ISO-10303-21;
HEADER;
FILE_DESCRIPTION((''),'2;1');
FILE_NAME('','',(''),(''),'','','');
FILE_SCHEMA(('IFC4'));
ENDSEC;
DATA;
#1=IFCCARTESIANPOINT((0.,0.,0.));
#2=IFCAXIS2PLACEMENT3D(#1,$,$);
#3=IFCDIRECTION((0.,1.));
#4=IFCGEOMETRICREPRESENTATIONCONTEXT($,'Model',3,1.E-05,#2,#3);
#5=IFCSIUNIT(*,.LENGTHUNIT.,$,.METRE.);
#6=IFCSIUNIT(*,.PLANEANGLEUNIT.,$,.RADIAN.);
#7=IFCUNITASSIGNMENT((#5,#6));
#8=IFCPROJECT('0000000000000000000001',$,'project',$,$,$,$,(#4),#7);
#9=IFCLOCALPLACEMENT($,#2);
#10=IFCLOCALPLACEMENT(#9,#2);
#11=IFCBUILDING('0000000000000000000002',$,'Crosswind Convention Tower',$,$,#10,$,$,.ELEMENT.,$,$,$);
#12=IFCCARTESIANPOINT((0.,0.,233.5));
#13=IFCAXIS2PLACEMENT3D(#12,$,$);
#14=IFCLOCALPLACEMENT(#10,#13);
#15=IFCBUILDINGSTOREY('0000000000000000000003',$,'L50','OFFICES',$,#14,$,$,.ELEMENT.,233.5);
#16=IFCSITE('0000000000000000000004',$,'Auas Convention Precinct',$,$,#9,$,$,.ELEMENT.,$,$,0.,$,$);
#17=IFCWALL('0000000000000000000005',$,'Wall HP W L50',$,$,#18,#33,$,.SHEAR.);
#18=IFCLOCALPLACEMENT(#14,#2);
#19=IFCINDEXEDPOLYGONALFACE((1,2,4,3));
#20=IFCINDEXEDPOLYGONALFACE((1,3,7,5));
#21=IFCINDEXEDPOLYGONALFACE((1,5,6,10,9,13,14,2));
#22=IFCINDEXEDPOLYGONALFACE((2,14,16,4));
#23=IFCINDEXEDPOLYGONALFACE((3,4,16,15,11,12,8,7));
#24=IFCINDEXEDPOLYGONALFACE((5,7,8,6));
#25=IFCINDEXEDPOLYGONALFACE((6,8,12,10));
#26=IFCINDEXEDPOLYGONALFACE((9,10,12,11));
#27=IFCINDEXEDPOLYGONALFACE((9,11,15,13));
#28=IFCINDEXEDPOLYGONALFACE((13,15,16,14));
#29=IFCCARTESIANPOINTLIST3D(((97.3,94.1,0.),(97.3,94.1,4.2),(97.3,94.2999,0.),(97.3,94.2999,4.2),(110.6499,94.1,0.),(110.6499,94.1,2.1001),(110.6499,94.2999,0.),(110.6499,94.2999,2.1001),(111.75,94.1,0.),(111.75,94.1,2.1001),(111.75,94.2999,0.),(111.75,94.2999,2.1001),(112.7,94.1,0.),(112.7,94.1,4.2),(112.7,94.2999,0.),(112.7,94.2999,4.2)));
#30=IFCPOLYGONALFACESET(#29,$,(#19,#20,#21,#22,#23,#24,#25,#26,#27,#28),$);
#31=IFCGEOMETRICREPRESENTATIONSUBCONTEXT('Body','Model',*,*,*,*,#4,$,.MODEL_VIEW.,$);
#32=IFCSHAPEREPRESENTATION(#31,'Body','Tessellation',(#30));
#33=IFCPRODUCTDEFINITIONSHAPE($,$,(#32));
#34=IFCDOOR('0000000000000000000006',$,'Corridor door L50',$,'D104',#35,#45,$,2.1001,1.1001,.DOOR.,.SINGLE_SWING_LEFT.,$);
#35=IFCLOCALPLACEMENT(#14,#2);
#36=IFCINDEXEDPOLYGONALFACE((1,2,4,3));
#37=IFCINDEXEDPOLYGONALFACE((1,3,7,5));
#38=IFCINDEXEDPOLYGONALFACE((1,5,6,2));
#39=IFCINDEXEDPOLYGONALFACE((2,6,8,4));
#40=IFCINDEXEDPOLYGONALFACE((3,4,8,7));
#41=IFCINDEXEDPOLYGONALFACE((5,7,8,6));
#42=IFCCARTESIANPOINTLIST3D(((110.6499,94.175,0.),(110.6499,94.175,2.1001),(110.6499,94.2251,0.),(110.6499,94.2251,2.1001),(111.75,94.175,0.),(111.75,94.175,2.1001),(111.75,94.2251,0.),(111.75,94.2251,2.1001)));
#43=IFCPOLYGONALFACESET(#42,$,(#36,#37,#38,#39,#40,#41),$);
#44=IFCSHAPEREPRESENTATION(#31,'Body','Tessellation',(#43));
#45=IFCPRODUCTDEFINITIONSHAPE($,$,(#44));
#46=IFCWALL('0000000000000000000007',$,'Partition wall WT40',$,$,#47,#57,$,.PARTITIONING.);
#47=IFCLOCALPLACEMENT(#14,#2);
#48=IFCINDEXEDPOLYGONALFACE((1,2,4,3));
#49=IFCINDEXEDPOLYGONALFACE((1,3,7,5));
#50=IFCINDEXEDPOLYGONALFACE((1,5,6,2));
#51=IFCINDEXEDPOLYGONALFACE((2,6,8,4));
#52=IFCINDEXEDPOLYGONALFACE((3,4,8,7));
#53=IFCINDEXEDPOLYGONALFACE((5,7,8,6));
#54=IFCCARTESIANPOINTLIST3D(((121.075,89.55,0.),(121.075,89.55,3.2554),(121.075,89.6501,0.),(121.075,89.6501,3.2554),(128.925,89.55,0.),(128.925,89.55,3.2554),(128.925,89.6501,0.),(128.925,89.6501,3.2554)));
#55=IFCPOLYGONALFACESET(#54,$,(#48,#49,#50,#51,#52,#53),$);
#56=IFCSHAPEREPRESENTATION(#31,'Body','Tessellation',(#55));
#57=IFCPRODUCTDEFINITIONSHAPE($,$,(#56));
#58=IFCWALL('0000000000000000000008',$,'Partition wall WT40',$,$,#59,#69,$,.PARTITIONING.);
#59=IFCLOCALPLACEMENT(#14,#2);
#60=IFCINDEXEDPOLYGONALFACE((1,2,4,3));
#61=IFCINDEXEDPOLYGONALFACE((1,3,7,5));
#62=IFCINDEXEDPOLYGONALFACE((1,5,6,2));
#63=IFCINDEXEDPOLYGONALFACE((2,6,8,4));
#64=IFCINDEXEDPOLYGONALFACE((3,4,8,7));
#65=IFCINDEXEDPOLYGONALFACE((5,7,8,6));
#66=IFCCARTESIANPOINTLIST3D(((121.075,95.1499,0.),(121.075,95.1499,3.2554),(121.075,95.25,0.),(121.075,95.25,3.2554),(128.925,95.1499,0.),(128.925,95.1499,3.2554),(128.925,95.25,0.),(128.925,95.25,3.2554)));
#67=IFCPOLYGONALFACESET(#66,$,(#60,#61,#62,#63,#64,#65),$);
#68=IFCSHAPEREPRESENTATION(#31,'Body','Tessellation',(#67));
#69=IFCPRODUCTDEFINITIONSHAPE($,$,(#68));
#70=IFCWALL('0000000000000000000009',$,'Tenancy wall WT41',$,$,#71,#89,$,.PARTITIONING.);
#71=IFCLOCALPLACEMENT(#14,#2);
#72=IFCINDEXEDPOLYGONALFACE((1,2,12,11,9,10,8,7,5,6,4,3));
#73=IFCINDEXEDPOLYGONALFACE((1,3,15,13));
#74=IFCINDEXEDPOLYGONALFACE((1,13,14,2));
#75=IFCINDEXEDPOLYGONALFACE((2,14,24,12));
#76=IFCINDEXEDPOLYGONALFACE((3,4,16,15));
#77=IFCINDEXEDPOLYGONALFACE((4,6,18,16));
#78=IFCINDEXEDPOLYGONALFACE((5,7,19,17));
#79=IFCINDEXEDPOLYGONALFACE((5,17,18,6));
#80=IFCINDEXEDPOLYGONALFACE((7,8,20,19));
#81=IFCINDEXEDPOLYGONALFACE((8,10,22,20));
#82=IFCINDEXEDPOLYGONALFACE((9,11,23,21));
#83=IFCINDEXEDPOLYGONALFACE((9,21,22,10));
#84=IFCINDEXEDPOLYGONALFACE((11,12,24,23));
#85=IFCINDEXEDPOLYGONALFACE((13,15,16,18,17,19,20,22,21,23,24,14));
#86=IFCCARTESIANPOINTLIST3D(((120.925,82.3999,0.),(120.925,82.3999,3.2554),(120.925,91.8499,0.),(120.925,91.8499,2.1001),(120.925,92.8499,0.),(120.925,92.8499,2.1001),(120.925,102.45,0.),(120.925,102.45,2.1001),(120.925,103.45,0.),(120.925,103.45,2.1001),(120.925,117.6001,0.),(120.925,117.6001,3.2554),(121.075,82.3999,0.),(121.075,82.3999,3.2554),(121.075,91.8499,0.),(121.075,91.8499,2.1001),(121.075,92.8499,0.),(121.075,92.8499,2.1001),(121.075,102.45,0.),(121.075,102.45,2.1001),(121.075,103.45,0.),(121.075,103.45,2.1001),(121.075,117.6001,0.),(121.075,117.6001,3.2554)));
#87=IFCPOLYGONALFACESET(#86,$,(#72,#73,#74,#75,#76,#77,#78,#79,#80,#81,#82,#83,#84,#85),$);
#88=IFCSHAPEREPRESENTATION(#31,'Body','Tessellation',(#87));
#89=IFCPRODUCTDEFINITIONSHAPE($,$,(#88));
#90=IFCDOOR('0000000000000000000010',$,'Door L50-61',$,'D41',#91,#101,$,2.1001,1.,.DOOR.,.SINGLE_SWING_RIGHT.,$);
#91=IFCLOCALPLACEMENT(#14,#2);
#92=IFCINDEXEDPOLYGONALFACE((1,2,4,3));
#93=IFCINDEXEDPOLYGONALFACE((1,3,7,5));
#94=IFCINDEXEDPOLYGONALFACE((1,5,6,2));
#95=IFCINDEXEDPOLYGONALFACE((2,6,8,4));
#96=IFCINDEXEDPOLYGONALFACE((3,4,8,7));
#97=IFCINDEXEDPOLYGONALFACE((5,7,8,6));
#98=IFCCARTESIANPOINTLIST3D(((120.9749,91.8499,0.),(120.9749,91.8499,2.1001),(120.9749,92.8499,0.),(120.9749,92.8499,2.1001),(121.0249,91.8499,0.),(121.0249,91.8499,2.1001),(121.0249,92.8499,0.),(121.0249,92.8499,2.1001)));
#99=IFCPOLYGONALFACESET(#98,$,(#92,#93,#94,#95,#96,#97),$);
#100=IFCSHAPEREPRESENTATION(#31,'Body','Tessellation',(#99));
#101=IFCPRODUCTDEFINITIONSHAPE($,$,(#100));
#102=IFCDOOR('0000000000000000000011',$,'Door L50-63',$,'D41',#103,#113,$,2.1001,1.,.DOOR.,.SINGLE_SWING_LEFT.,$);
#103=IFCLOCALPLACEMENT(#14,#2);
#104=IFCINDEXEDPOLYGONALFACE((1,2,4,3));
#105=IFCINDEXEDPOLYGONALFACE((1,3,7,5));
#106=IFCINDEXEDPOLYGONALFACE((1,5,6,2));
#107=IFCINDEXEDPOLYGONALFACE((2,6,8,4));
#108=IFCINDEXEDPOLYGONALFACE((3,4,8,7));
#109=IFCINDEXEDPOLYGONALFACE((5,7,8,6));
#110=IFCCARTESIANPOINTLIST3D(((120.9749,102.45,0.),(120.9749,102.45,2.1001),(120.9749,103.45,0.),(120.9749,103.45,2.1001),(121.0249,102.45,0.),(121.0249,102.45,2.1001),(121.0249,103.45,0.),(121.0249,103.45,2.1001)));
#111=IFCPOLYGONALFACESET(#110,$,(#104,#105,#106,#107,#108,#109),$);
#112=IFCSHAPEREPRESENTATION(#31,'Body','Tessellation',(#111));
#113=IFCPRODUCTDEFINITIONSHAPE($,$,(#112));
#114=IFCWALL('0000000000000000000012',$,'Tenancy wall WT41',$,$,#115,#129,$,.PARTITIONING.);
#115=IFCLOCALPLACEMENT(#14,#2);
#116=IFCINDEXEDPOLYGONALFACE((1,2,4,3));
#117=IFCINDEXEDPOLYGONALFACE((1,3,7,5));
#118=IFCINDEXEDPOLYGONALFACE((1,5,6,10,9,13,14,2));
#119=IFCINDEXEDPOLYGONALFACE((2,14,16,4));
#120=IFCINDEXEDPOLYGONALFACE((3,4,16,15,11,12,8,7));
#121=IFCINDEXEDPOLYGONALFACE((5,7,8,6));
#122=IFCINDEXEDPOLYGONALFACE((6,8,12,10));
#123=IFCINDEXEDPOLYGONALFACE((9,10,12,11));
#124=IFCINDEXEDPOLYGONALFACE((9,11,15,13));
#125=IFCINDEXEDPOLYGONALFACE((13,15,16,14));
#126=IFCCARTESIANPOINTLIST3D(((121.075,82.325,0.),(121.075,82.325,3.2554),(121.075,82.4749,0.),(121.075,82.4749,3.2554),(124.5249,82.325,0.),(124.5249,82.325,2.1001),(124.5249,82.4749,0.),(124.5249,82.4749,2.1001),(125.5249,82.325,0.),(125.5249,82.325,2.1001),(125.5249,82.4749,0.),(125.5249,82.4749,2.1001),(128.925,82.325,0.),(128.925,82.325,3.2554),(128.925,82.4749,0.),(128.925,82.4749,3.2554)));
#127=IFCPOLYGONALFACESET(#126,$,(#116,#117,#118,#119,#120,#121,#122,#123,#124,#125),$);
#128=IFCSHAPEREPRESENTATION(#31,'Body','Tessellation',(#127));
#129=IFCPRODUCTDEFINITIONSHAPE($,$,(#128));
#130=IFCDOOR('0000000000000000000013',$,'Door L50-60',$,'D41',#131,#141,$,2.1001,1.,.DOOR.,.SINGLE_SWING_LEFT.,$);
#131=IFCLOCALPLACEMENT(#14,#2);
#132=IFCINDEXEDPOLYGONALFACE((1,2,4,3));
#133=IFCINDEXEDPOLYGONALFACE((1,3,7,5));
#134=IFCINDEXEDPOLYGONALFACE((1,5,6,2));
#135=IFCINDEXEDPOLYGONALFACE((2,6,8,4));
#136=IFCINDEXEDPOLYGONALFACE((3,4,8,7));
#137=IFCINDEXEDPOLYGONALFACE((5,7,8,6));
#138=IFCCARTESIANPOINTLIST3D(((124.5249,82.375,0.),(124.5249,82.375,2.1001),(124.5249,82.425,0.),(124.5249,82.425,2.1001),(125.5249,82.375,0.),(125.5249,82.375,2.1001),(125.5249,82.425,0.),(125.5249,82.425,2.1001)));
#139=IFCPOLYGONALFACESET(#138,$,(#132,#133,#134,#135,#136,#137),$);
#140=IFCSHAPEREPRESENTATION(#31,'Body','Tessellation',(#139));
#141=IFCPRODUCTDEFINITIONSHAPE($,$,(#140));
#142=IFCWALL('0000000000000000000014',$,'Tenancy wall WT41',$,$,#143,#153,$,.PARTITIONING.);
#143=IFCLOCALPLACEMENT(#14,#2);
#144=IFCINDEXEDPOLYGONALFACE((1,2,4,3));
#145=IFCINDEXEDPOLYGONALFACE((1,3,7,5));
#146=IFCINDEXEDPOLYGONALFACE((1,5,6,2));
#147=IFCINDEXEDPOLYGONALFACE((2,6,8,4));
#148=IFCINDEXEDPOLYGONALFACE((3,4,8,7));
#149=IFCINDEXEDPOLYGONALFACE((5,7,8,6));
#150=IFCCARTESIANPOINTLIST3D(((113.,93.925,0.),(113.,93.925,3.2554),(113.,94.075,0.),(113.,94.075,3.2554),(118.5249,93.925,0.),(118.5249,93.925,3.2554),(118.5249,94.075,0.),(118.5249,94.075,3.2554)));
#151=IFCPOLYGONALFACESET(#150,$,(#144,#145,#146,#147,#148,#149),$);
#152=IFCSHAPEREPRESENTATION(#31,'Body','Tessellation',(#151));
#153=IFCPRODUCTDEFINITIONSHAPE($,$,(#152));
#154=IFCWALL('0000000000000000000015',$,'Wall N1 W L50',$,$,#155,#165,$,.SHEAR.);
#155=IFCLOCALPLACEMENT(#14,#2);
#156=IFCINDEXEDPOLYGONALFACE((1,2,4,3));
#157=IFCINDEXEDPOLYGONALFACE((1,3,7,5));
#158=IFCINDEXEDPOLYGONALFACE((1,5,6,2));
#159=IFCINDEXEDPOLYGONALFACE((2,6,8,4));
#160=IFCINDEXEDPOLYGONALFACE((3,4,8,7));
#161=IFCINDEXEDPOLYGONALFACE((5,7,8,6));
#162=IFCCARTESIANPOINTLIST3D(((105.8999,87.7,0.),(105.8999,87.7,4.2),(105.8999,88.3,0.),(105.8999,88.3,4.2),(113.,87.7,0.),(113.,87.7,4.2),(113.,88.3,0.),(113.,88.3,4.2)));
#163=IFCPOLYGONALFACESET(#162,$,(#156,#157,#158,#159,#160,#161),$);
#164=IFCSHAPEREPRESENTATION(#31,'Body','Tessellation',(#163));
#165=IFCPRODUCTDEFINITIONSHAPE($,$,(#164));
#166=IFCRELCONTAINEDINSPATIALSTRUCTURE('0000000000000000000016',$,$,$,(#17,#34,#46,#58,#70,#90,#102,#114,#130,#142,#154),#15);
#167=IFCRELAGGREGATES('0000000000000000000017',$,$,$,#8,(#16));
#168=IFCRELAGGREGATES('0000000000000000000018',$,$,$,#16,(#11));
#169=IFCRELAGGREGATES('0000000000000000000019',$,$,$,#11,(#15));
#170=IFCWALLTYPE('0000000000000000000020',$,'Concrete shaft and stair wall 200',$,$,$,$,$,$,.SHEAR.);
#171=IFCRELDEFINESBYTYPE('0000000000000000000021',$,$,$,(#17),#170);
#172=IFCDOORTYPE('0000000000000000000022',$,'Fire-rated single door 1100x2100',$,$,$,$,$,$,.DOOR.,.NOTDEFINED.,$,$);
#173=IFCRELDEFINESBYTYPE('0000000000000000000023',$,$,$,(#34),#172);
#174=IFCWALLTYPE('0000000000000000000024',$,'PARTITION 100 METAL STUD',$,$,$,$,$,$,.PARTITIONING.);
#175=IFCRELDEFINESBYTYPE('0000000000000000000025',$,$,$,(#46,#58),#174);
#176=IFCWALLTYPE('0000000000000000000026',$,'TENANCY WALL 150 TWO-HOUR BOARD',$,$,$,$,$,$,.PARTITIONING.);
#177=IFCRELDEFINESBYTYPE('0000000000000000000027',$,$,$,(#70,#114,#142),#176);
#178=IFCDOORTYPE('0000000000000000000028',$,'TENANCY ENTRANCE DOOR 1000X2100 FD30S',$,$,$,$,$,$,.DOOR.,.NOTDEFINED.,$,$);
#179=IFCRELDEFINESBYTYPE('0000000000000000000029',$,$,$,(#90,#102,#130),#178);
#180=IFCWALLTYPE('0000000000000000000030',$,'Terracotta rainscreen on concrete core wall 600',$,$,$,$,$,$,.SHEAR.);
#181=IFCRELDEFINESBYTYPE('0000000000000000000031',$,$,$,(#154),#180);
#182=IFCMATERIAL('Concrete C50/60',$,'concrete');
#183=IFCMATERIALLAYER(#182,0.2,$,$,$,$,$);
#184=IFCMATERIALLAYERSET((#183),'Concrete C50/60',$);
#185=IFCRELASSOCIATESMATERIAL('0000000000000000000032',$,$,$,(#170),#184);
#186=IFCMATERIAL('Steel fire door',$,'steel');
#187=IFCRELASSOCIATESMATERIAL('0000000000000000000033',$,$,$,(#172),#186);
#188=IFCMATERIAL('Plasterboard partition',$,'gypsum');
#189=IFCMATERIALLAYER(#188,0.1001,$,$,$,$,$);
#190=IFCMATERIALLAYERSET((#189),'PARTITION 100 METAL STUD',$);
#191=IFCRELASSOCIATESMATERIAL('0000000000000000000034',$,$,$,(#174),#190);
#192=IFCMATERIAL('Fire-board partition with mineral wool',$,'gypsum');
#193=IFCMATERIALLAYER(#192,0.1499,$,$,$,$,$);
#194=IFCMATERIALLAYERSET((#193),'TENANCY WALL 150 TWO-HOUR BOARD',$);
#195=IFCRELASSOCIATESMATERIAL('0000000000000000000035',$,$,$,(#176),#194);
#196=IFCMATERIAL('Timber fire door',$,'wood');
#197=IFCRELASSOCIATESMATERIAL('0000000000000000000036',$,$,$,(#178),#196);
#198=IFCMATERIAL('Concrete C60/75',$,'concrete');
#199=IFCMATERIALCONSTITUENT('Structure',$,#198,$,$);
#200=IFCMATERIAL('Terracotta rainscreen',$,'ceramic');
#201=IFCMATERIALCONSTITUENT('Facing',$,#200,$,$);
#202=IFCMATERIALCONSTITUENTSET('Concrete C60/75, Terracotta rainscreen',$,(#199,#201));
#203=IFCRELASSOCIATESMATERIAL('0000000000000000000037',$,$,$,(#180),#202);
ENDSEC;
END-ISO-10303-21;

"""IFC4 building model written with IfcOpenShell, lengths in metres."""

from ifc_helpers import new_model, si_unit, direction, frame, frame_2d, origin, place, context, subcontext, project, spatial, rectangle, extrude, material, layer, layer_set, constituent, constituent_set, type_object, element, fill, save


model = new_model("IFC4")

# Units and contexts
model_context = context("Model", 3, precision=1e-05, world=origin(), true_north=direction((0.0, 1.0)))
body_context = subcontext(model_context, "Body", "Model", "MODEL_VIEW")
ifc_project = project(units=[si_unit("LENGTHUNIT", "METRE"), si_unit("PLANEANGLEUNIT", "RADIAN")], contexts=[model_context])

# Site, building, storey
site_placement = place(None, origin())
site = spatial("IfcSite", under=ifc_project, at=site_placement, Name="Auas Convention Precinct", CompositionType="ELEMENT", RefElevation=0.0)
building_placement = place(site_placement, origin())
building = spatial("IfcBuilding", under=site, at=building_placement, Name="Crosswind Convention Tower", CompositionType="ELEMENT")
storey_placement = place(building_placement, frame((0.0, 0.0, 233.5)))
storey = spatial("IfcBuildingStorey", under=building, at=storey_placement, Name="L50", Description="OFFICES", CompositionType="ELEMENT", Elevation=233.5)

# Shared definitions
ifc_material_1 = material(Name="Concrete C60/75", Category="concrete")

# Shared definitions
ifc_material_2 = material(Name="Concrete C50/60", Category="concrete")

# Wall, opening, door
ifc_layer_1 = layer(ifc_material_2, 0.2)
ifc_layer_set_1 = layer_set([ifc_layer_1], Name="Concrete C50/60")
wall_type_1 = type_object("IfcWallType", Name="Concrete shaft and stair wall 200", PredefinedType="SHEAR", material=ifc_layer_set_1)
wall_1_placement = place(storey_placement, frame((112.7, 94.2, 0.0), z_axis=(0.0, 0.0, 1.0), x_axis=(-1.0, 0.0, 0.0)))
wall_1 = element("IfcWall", 1, at=wall_1_placement, inside=storey, type_object=wall_type_1, Name="Wall HP W L50", PredefinedType="SHEAR", context=body_context, shape_type="SweptSolid", body=[
    extrude(rectangle(XDim=15.3999, YDim=0.2, at=frame_2d((7.7, 0.0))), origin(), (0.0, 0.0, 1.0), 4.2),
])
opening_1_placement = place(wall_1_placement, frame((0.95, 0.0, 0.0)))
opening_1 = element("IfcOpeningElement", 2, at=opening_1_placement, cuts=wall_1, PredefinedType="OPENING", context=body_context, shape_type="SweptSolid", body=[
    extrude(rectangle(XDim=1.1001, YDim=2.1001, at=frame_2d((0.55, 1.05))), frame((0.0, 0.1099, 0.0), z_axis=(0.0, -1.0, 0.0), x_axis=(1.0, 0.0, 0.0)), (0.0, 0.0, 1.0), 0.22),
])
ifc_material_3 = material(Name="Steel fire door", Category="steel")
door_type_1 = type_object("IfcDoorType", Name="Fire-rated single door 1100x2100", OperationType="NOTDEFINED", PredefinedType="DOOR", material=ifc_material_3)
door_1_placement = place(opening_1_placement, origin())
door_1 = element("IfcDoor", 3, at=door_1_placement, inside=storey, type_object=door_type_1, Name="Corridor door L50", ObjectType="D104", OperationType="SINGLE_SWING_LEFT", OverallHeight=2.1001, OverallWidth=1.1001, PredefinedType="DOOR", context=body_context, shape_type="SweptSolid", body=[
    extrude(rectangle(XDim=1.1001, YDim=2.1001, at=frame_2d((0.55, 1.05))), frame((0.0, 0.0249, 0.0), z_axis=(0.0, -1.0, 0.0), x_axis=(1.0, 0.0, 0.0)), (0.0, 0.0, 1.0), 0.05),
])
fill(opening_1, door_1)

# Walls
ifc_material_4 = material(Name="Plasterboard partition", Category="gypsum")
ifc_layer_2 = layer(ifc_material_4, 0.1001)
ifc_layer_set_2 = layer_set([ifc_layer_2], Name="PARTITION 100 METAL STUD")
wall_type_2 = type_object("IfcWallType", Name="PARTITION 100 METAL STUD", PredefinedType="PARTITIONING", material=ifc_layer_set_2)
for number, where, z_axis, x_axis, name in (
    (4, (121.075, 89.6001, 0.0), (0.0, 0.0, 1.0), (1.0, 0.0, 0.0), "Partition wall WT40"),
    (5, (121.075, 95.2, 0.0), (0.0, 0.0, 1.0), (1.0, 0.0, 0.0), "Partition wall WT40"),
):
    element("IfcWall", number, at=place(storey_placement, frame(where, z_axis=z_axis, x_axis=x_axis)), inside=storey, type_object=wall_type_2, Name=name, PredefinedType="PARTITIONING", context=body_context, shape_type="SweptSolid", body=[
        extrude(rectangle(XDim=7.8501, YDim=0.1001, at=frame_2d((3.925, 0.0))), origin(), (0.0, 0.0, 1.0), 3.2554),
    ])

# Wall, openings, doors
ifc_material_5 = material(Name="Fire-board partition with mineral wool", Category="gypsum")
ifc_layer_3 = layer(ifc_material_5, 0.1499)
ifc_layer_set_3 = layer_set([ifc_layer_3], Name="TENANCY WALL 150 TWO-HOUR BOARD")
wall_type_3 = type_object("IfcWallType", Name="TENANCY WALL 150 TWO-HOUR BOARD", PredefinedType="PARTITIONING", material=ifc_layer_set_3)
wall_2_placement = place(storey_placement, frame((121.0, 82.3999, 0.0), z_axis=(0.0, 0.0, 1.0), x_axis=(0.0, 1.0, 0.0)))
wall_2 = element("IfcWall", 6, at=wall_2_placement, inside=storey, type_object=wall_type_3, Name="Tenancy wall WT41", PredefinedType="PARTITIONING", context=body_context, shape_type="SweptSolid", body=[
    extrude(rectangle(XDim=35.2002, YDim=0.1499, at=frame_2d((17.6001, 0.0))), origin(), (0.0, 0.0, 1.0), 3.2554),
])
opening_2_placement = place(wall_2_placement, frame((9.45, 0.0, 0.0)))
opening_2 = element("IfcOpeningElement", 7, at=opening_2_placement, cuts=wall_2, PredefinedType="OPENING", context=body_context, shape_type="SweptSolid", body=[
    extrude(rectangle(XDim=1.0, YDim=2.1001, at=frame_2d((0.5, 1.05))), frame((0.0, 0.085, 0.0), z_axis=(0.0, -1.0, 0.0), x_axis=(1.0, 0.0, 0.0)), (0.0, 0.0, 1.0), 0.1699),
])
opening_3_placement = place(wall_2_placement, frame((20.05, 0.0, 0.0)))
opening_3 = element("IfcOpeningElement", 8, at=opening_3_placement, cuts=wall_2, PredefinedType="OPENING", context=body_context, shape_type="SweptSolid", body=[
    extrude(rectangle(XDim=1.0, YDim=2.1001, at=frame_2d((0.5, 1.05))), frame((0.0, 0.085, 0.0), z_axis=(0.0, -1.0, 0.0), x_axis=(1.0, 0.0, 0.0)), (0.0, 0.0, 1.0), 0.1699),
])
ifc_material_6 = material(Name="Timber fire door", Category="wood")
door_type_2 = type_object("IfcDoorType", Name="TENANCY ENTRANCE DOOR 1000X2100 FD30S", OperationType="NOTDEFINED", PredefinedType="DOOR", material=ifc_material_6)
door_2_placement = place(opening_2_placement, frame((1.0, 0.0, 0.0), z_axis=(0.0, 0.0, 1.0), x_axis=(-1.0, 0.0, 0.0)))
door_2 = element("IfcDoor", 9, at=door_2_placement, inside=storey, type_object=door_type_2, Name="Door L50-61", ObjectType="D41", OperationType="SINGLE_SWING_RIGHT", OverallHeight=2.1001, OverallWidth=1.0, PredefinedType="DOOR", context=body_context, shape_type="SweptSolid", body=[
    extrude(rectangle(XDim=1.0, YDim=2.1001, at=frame_2d((0.5, 1.05))), frame((0.0, 0.0249, 0.0), z_axis=(0.0, -1.0, 0.0), x_axis=(1.0, 0.0, 0.0)), (0.0, 0.0, 1.0), 0.05),
])
fill(opening_2, door_2)
door_3_placement = place(opening_3_placement, frame((1.0, 0.0, 0.0), z_axis=(0.0, 0.0, 1.0), x_axis=(-1.0, 0.0, 0.0)))
door_3 = element("IfcDoor", 10, at=door_3_placement, inside=storey, type_object=door_type_2, Name="Door L50-63", ObjectType="D41", OperationType="SINGLE_SWING_LEFT", OverallHeight=2.1001, OverallWidth=1.0, PredefinedType="DOOR", context=body_context, shape_type="SweptSolid", body=[
    extrude(rectangle(XDim=1.0, YDim=2.1001, at=frame_2d((0.5, 1.05))), frame((0.0, 0.0249, 0.0), z_axis=(0.0, -1.0, 0.0), x_axis=(1.0, 0.0, 0.0)), (0.0, 0.0, 1.0), 0.05),
])
fill(opening_3, door_3)

# Wall, opening, door
wall_3_placement = place(storey_placement, frame((121.075, 82.3999, 0.0), z_axis=(0.0, 0.0, 1.0), x_axis=(1.0, 0.0, 0.0)))
wall_3 = element("IfcWall", 11, at=wall_3_placement, inside=storey, type_object=wall_type_3, Name="Tenancy wall WT41", PredefinedType="PARTITIONING", context=body_context, shape_type="SweptSolid", body=[
    extrude(rectangle(XDim=7.8501, YDim=0.1499, at=frame_2d((3.925, 0.0))), origin(), (0.0, 0.0, 1.0), 3.2554),
])
opening_4_placement = place(wall_3_placement, frame((3.45, 0.0, 0.0)))
opening_4 = element("IfcOpeningElement", 12, at=opening_4_placement, cuts=wall_3, PredefinedType="OPENING", context=body_context, shape_type="SweptSolid", body=[
    extrude(rectangle(XDim=1.0, YDim=2.1001, at=frame_2d((0.5, 1.05))), frame((0.0, 0.085, 0.0), z_axis=(0.0, -1.0, 0.0), x_axis=(1.0, 0.0, 0.0)), (0.0, 0.0, 1.0), 0.1699),
])
door_4_placement = place(opening_4_placement, frame((1.0, 0.0, 0.0), z_axis=(0.0, 0.0, 1.0), x_axis=(-1.0, 0.0, 0.0)))
door_4 = element("IfcDoor", 13, at=door_4_placement, inside=storey, type_object=door_type_2, Name="Door L50-60", ObjectType="D41", OperationType="SINGLE_SWING_LEFT", OverallHeight=2.1001, OverallWidth=1.0, PredefinedType="DOOR", context=body_context, shape_type="SweptSolid", body=[
    extrude(rectangle(XDim=1.0, YDim=2.1001, at=frame_2d((0.5, 1.05))), frame((0.0, 0.0249, 0.0), z_axis=(0.0, -1.0, 0.0), x_axis=(1.0, 0.0, 0.0)), (0.0, 0.0, 1.0), 0.05),
])
fill(opening_4, door_4)

# Walls
wall_4_placement = place(storey_placement, frame((113.0, 94.0, 0.0), z_axis=(0.0, 0.0, 1.0), x_axis=(1.0, 0.0, 0.0)))
element("IfcWall", 14, at=wall_4_placement, inside=storey, type_object=wall_type_3, Name="Tenancy wall WT41", PredefinedType="PARTITIONING", context=body_context, shape_type="SweptSolid", body=[
    extrude(rectangle(XDim=5.5249, YDim=0.1499, at=frame_2d((2.7625, 0.0))), origin(), (0.0, 0.0, 1.0), 3.2554),
])
ifc_constituent_1 = constituent(ifc_material_1, Name="Structure")
ifc_material_7 = material(Name="Terracotta rainscreen", Category="ceramic")
ifc_constituent_2 = constituent(ifc_material_7, Name="Facing")
ifc_constituent_set = constituent_set(constituents=[ifc_constituent_1, ifc_constituent_2], Name="Concrete C60/75, Terracotta rainscreen")
wall_type_4 = type_object("IfcWallType", Name="Terracotta rainscreen on concrete core wall 600", PredefinedType="SHEAR", material=ifc_constituent_set)
wall_5_placement = place(storey_placement, frame((113.0, 88.0, 0.0), z_axis=(0.0, 0.0, 1.0), x_axis=(-1.0, 0.0, 0.0)))
element("IfcWall", 15, at=wall_5_placement, inside=storey, type_object=wall_type_4, Name="Wall N1 W L50", PredefinedType="SHEAR", context=body_context, shape_type="SweptSolid", body=[
    extrude(rectangle(XDim=7.1001, YDim=0.6001, at=frame_2d((3.55, 0.0))), origin(), (0.0, 0.0, 1.0), 4.2),
])

save(model, "model.ifc")
